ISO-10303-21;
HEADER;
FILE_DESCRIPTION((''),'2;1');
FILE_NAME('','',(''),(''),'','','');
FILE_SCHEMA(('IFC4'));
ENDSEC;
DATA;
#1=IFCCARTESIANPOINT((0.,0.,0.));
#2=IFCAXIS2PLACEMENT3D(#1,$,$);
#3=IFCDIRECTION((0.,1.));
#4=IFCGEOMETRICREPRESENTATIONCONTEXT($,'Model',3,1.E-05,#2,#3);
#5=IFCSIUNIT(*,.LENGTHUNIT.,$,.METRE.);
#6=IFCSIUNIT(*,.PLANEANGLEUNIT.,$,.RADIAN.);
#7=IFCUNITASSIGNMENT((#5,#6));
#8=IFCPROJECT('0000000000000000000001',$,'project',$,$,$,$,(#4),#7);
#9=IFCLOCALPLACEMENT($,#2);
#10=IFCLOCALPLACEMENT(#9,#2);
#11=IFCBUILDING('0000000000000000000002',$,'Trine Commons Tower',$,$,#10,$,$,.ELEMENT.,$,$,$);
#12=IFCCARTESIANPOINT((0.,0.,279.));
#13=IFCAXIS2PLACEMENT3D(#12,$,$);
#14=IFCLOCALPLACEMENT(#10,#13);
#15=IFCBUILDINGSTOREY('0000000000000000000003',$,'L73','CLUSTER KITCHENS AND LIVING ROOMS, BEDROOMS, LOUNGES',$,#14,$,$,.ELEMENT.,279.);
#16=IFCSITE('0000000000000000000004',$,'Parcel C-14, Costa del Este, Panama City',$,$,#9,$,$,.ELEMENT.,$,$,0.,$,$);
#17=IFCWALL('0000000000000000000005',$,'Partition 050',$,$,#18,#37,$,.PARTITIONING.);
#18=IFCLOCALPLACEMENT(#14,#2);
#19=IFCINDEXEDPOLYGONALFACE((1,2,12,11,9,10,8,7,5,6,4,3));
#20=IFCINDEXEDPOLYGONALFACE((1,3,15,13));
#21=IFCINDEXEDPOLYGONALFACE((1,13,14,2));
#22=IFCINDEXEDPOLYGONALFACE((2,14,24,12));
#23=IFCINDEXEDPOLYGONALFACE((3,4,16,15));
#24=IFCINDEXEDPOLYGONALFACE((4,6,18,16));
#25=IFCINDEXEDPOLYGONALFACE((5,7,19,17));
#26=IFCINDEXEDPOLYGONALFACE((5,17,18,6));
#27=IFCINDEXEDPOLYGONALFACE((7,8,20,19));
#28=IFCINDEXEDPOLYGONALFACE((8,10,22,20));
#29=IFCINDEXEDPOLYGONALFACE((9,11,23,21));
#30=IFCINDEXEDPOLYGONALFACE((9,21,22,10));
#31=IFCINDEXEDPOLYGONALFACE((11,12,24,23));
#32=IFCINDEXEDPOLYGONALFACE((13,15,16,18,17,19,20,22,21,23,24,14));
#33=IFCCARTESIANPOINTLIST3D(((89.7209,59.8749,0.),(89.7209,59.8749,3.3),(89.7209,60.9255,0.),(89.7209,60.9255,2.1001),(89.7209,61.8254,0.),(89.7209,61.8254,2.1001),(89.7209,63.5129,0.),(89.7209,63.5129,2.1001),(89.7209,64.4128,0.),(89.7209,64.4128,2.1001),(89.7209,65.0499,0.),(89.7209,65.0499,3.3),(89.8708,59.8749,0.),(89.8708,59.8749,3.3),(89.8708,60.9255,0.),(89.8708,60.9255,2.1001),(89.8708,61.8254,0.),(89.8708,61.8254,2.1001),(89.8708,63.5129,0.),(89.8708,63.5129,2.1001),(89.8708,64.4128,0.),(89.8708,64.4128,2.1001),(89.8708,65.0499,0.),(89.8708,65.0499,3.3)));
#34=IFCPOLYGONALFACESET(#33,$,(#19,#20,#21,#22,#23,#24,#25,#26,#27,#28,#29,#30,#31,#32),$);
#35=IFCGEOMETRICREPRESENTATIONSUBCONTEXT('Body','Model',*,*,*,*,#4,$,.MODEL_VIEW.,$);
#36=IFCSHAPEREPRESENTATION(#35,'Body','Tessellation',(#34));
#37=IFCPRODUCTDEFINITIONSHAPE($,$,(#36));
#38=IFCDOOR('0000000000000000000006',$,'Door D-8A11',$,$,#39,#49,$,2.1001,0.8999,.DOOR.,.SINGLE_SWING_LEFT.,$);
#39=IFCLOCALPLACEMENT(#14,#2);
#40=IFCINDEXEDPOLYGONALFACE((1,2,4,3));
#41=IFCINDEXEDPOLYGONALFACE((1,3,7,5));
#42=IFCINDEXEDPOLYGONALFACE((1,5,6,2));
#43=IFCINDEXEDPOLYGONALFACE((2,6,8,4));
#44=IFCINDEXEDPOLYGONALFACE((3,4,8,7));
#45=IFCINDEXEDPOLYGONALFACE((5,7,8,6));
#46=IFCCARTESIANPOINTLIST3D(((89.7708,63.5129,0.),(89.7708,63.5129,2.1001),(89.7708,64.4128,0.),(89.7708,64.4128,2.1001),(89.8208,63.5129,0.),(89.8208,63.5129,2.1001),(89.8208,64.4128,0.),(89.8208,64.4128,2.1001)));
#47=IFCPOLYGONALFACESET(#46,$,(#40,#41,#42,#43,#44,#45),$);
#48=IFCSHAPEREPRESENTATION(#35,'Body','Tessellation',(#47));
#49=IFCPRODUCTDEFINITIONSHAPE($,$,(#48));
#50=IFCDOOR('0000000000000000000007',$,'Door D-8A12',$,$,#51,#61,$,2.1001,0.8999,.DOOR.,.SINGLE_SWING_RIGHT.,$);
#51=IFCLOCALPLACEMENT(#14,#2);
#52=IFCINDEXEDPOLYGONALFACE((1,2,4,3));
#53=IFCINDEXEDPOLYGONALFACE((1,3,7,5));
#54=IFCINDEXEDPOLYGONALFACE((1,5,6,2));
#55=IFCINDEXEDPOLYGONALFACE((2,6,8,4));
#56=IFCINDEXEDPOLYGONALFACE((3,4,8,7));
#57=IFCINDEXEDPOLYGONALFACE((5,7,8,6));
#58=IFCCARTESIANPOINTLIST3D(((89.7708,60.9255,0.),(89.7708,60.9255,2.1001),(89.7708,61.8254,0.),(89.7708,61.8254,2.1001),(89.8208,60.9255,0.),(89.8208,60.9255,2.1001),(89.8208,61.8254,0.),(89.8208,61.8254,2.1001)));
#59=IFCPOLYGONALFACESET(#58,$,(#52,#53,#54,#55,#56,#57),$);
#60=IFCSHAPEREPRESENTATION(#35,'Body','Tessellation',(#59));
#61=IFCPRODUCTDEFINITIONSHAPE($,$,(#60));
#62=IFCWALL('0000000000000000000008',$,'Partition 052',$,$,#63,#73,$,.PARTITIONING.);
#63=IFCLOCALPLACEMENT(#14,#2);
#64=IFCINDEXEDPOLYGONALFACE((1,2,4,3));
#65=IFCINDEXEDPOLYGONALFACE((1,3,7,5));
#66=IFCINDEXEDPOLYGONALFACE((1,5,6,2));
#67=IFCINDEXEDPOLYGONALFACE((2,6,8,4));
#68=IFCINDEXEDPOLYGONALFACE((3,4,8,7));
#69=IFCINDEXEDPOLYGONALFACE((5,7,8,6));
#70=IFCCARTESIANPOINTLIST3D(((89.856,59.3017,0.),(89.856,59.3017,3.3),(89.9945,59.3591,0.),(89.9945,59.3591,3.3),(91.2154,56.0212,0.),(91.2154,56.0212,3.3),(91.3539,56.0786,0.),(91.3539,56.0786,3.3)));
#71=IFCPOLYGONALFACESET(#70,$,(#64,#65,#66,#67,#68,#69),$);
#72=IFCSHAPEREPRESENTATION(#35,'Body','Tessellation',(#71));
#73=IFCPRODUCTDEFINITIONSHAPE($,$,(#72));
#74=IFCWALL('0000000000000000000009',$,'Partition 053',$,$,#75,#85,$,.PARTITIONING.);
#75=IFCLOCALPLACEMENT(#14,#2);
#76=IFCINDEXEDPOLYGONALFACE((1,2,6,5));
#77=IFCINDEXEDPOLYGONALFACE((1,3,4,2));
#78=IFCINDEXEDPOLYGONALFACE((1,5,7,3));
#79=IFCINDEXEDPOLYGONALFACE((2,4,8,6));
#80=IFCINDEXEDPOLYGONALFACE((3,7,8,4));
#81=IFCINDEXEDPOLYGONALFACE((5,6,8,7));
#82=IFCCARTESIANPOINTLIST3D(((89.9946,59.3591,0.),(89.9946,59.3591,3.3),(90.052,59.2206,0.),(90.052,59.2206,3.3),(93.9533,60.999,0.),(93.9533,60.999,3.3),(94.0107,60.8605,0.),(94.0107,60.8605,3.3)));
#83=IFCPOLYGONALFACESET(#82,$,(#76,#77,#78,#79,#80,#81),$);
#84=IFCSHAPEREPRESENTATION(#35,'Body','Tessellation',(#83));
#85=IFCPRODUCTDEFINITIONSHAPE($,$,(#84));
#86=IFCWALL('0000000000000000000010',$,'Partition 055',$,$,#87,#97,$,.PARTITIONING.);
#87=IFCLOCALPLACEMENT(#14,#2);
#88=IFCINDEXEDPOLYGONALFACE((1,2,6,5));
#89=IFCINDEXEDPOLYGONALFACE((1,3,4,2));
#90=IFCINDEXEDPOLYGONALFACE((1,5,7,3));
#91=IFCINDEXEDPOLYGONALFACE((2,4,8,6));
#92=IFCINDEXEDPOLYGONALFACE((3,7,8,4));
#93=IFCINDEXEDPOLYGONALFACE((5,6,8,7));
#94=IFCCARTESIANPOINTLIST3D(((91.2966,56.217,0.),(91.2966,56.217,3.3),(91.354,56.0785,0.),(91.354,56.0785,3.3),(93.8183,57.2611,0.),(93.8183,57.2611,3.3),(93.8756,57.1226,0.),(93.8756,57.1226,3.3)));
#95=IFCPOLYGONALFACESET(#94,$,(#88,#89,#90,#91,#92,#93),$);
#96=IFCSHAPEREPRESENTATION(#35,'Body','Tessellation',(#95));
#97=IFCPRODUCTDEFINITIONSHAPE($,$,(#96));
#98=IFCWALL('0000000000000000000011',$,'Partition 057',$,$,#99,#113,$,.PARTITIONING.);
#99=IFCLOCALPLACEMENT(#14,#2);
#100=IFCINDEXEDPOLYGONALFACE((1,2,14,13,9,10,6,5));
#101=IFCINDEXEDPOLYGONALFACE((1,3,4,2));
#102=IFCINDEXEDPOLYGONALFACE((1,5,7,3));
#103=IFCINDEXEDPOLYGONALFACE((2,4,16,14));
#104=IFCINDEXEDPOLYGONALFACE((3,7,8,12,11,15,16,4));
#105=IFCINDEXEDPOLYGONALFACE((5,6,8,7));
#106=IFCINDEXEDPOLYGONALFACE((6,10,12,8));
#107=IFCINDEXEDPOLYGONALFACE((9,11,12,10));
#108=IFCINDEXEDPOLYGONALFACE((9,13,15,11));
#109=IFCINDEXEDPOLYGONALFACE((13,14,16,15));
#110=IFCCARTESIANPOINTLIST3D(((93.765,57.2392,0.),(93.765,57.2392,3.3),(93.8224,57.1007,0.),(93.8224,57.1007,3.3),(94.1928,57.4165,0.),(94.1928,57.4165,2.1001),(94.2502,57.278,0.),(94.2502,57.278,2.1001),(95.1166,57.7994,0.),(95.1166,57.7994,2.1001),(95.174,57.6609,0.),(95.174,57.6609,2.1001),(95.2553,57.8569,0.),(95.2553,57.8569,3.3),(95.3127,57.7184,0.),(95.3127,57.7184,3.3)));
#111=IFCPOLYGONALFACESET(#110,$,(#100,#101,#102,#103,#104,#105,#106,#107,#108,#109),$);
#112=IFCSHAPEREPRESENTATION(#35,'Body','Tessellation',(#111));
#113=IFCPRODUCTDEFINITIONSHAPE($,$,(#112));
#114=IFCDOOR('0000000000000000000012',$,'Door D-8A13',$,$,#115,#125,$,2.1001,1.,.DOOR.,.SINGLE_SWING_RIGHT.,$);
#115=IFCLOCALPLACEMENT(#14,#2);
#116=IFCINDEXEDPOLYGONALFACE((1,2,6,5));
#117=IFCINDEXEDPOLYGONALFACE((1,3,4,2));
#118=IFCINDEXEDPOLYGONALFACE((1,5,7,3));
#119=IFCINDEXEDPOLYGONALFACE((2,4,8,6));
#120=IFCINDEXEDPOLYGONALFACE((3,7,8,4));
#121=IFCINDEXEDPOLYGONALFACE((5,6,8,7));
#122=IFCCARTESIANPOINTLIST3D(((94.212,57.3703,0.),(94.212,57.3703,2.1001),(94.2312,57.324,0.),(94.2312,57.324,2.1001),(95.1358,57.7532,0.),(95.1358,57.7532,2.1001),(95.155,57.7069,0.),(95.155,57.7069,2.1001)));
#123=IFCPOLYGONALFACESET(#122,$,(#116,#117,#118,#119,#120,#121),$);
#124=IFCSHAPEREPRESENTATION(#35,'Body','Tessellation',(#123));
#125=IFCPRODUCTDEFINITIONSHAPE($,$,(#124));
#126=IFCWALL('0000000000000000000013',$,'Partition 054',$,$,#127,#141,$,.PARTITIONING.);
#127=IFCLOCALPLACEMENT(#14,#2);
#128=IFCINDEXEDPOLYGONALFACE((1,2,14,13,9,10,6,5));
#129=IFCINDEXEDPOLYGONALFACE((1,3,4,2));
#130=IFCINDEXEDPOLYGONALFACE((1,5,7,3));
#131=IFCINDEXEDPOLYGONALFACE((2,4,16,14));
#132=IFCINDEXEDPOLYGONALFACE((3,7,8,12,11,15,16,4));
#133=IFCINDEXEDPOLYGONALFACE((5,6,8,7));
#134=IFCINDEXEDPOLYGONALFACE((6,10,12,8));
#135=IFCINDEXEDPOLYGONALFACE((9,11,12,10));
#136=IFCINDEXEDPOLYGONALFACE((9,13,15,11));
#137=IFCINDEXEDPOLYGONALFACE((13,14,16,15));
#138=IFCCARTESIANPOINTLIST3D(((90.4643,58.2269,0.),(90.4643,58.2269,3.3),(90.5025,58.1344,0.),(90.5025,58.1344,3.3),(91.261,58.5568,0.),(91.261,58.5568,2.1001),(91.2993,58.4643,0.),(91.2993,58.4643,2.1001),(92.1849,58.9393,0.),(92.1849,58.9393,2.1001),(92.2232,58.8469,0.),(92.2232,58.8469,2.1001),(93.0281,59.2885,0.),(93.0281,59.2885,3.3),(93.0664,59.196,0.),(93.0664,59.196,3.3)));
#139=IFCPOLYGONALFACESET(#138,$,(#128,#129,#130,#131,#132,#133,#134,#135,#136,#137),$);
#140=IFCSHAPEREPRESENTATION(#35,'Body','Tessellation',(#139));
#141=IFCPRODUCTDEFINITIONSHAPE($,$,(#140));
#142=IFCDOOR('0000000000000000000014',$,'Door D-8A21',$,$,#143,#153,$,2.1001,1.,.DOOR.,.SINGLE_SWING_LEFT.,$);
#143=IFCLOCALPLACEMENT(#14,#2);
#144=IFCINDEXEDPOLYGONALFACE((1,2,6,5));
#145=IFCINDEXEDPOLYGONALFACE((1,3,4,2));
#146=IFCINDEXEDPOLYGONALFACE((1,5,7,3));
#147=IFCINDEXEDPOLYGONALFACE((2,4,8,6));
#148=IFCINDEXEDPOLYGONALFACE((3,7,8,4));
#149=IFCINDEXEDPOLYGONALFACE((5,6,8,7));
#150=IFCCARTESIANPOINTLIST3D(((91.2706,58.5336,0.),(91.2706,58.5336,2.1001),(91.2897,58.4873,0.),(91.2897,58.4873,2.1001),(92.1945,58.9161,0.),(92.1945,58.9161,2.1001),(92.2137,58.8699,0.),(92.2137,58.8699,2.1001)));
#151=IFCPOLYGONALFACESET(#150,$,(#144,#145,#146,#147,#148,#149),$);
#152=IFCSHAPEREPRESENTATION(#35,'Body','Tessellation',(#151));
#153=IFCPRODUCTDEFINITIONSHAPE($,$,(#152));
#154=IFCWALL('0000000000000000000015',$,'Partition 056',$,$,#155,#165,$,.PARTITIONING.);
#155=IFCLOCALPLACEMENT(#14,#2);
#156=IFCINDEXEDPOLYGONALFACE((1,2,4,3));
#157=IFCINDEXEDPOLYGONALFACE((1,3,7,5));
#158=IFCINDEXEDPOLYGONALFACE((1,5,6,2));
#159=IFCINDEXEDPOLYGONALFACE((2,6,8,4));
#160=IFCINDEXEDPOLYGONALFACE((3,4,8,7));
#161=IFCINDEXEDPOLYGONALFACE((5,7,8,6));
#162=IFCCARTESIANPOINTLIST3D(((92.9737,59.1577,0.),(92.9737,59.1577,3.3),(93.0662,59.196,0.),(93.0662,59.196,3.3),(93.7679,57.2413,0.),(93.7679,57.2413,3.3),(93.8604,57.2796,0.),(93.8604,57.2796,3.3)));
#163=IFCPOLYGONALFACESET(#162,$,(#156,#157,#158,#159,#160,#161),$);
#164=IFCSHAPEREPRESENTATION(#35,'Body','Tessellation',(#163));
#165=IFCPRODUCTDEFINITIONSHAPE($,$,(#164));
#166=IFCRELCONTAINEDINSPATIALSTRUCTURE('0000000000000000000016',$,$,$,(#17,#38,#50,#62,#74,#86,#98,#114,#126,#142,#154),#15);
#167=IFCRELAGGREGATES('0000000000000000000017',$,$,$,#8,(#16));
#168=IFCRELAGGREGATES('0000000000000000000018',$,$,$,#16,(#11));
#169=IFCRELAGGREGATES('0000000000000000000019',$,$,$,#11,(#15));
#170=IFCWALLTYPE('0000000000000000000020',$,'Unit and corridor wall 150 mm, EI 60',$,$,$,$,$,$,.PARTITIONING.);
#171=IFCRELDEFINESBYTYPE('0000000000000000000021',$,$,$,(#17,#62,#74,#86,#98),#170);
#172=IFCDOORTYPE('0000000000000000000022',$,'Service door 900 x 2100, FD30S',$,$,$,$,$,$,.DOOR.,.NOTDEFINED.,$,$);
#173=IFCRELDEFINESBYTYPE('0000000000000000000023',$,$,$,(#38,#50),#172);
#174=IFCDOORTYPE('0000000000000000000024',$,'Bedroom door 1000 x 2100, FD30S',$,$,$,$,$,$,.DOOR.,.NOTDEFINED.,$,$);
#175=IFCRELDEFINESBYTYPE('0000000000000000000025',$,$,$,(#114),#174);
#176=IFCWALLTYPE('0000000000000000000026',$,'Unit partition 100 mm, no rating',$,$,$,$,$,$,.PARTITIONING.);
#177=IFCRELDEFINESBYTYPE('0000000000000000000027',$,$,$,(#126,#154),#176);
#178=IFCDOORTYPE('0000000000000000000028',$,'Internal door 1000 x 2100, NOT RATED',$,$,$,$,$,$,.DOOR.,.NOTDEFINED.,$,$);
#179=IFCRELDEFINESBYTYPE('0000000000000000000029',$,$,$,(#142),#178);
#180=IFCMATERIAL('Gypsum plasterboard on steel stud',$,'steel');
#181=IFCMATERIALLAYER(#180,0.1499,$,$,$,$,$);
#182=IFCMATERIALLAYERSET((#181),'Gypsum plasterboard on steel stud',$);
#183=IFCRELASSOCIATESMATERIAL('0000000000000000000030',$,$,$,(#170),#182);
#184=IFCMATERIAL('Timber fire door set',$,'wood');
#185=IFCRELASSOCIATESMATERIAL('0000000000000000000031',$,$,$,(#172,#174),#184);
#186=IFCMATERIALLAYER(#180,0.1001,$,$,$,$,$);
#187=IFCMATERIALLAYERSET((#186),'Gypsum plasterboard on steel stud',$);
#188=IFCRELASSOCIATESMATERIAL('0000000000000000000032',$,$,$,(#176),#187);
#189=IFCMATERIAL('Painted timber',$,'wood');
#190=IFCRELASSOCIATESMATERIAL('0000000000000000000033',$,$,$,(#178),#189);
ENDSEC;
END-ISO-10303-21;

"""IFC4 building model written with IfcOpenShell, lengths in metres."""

from ifc_helpers import new_model, si_unit, direction, frame, frame_2d, origin, place, context, subcontext, project, spatial, rectangle, extrude, material, layer, layer_set, type_object, element, fill, save


model = new_model("IFC4")

# Units and contexts
model_context = context("Model", 3, precision=1e-05, world=origin(), true_north=direction((0.0, 1.0)))
body_context = subcontext(model_context, "Body", "Model", "MODEL_VIEW")
ifc_project = project(units=[si_unit("LENGTHUNIT", "METRE"), si_unit("PLANEANGLEUNIT", "RADIAN")], contexts=[model_context])

# Site, building, storey
site_placement = place(None, origin())
site = spatial("IfcSite", under=ifc_project, at=site_placement, Name="Parcel C-14, Costa del Este, Panama City", CompositionType="ELEMENT", RefElevation=0.0)
building_placement = place(site_placement, origin())
building = spatial("IfcBuilding", under=site, at=building_placement, Name="Trine Commons Tower", CompositionType="ELEMENT")
storey_placement = place(building_placement, frame((0.0, 0.0, 279.0)))
storey = spatial("IfcBuildingStorey", under=building, at=storey_placement, Name="L73", Description="CLUSTER KITCHENS AND LIVING ROOMS, BEDROOMS, LOUNGES", CompositionType="ELEMENT", Elevation=279.0)

# Shared definitions
ifc_material_1 = material(Name="Gypsum plasterboard on steel stud", Category="steel")
ifc_layer_1 = layer(ifc_material_1, 0.1499)
ifc_layer_set_1 = layer_set([ifc_layer_1], Name="Gypsum plasterboard on steel stud")
wall_type_1 = type_object("IfcWallType", Name="Unit and corridor wall 150 mm, EI 60", PredefinedType="PARTITIONING", material=ifc_layer_set_1)

# Wall, openings, doors
wall_1_placement = place(storey_placement, frame((89.7959, 59.875, 0.0), z_axis=(0.0, 0.0, 1.0), x_axis=(0.0, 1.0, 0.0)))
wall_1 = element("IfcWall", 1, at=wall_1_placement, inside=storey, type_object=wall_type_1, Name="Partition 050", PredefinedType="PARTITIONING", context=body_context, shape_type="SweptSolid", body=[
    extrude(rectangle(XDim=5.175, YDim=0.1499, at=frame_2d((2.5874, 0.0))), origin(), (0.0, 0.0, 1.0), 3.3),
])
opening_1_placement = place(wall_1_placement, frame((3.6379, 0.0, 0.0)))
opening_1 = element("IfcOpeningElement", 2, at=opening_1_placement, cuts=wall_1, PredefinedType="OPENING", context=body_context, shape_type="SweptSolid", body=[
    extrude(rectangle(XDim=0.8999, YDim=2.1001, at=frame_2d((0.45, 1.05))), frame((0.0, 0.085, 0.0), z_axis=(0.0, -1.0, 0.0), x_axis=(1.0, 0.0, 0.0)), (0.0, 0.0, 1.0), 0.1699),
])
opening_2_placement = place(wall_1_placement, frame((1.0505, 0.0, 0.0)))
opening_2 = element("IfcOpeningElement", 3, at=opening_2_placement, cuts=wall_1, PredefinedType="OPENING", context=body_context, shape_type="SweptSolid", body=[
    extrude(rectangle(XDim=0.8999, YDim=2.1001, at=frame_2d((0.45, 1.05))), frame((0.0, 0.085, 0.0), z_axis=(0.0, -1.0, 0.0), x_axis=(1.0, 0.0, 0.0)), (0.0, 0.0, 1.0), 0.1699),
])
ifc_material_2 = material(Name="Timber fire door set", Category="wood")
door_type_1 = type_object("IfcDoorType", Name="Service door 900 x 2100, FD30S", OperationType="NOTDEFINED", PredefinedType="DOOR", material=ifc_material_2)
door_1_placement = place(opening_1_placement, frame((0.8999, 0.0, 0.0), z_axis=(0.0, 0.0, 1.0), x_axis=(-1.0, 0.0, 0.0)))
door_1 = element("IfcDoor", 4, at=door_1_placement, inside=storey, type_object=door_type_1, Name="Door D-8A11", OperationType="SINGLE_SWING_LEFT", OverallHeight=2.1001, OverallWidth=0.8999, PredefinedType="DOOR", context=body_context, shape_type="SweptSolid", body=[
    extrude(rectangle(XDim=0.8999, YDim=2.1001, at=frame_2d((0.45, 1.05))), frame((0.0, 0.0249, 0.0), z_axis=(0.0, -1.0, 0.0), x_axis=(1.0, 0.0, 0.0)), (0.0, 0.0, 1.0), 0.05),
])
fill(opening_1, door_1)
door_2_placement = place(opening_2_placement, frame((0.8999, 0.0, 0.0), z_axis=(0.0, 0.0, 1.0), x_axis=(-1.0, 0.0, 0.0)))
door_2 = element("IfcDoor", 5, at=door_2_placement, inside=storey, type_object=door_type_1, Name="Door D-8A12", OperationType="SINGLE_SWING_RIGHT", OverallHeight=2.1001, OverallWidth=0.8999, PredefinedType="DOOR", context=body_context, shape_type="SweptSolid", body=[
    extrude(rectangle(XDim=0.8999, YDim=2.1001, at=frame_2d((0.45, 1.05))), frame((0.0, 0.0249, 0.0), z_axis=(0.0, -1.0, 0.0), x_axis=(1.0, 0.0, 0.0)), (0.0, 0.0, 1.0), 0.05),
])
fill(opening_2, door_2)

# Walls
wall_2_placement = place(storey_placement, frame((89.9253, 59.3303, 0.0), z_axis=(0.0, 0.0, 1.0), x_axis=(0.382813, -0.923826, 0.0)))
element("IfcWall", 6, at=wall_2_placement, inside=storey, type_object=wall_type_1, Name="Partition 052", PredefinedType="PARTITIONING", context=body_context, shape_type="SweptSolid", body=[
    extrude(rectangle(XDim=3.551, YDim=0.1499, at=frame_2d((1.7754, 0.0))), origin(), (0.0, 0.0, 1.0), 3.3),
])
wall_3_placement = place(storey_placement, frame((90.0232, 59.2898, 0.0), z_axis=(0.0, 0.0, 1.0), x_axis=(0.923869, 0.382709, 0.0)))
element("IfcWall", 7, at=wall_3_placement, inside=storey, type_object=wall_type_1, Name="Partition 053", PredefinedType="PARTITIONING", context=body_context, shape_type="SweptSolid", body=[
    extrude(rectangle(XDim=4.2849, YDim=0.1499, at=frame_2d((2.1426, 0.0))), origin(), (0.0, 0.0, 1.0), 3.3),
])
wall_4_placement = place(storey_placement, frame((91.3252, 56.1477, 0.0), z_axis=(0.0, 0.0, 1.0), x_axis=(0.923924, 0.382576, 0.0)))
element("IfcWall", 8, at=wall_4_placement, inside=storey, type_object=wall_type_1, Name="Partition 055", PredefinedType="PARTITIONING", context=body_context, shape_type="SweptSolid", body=[
    extrude(rectangle(XDim=2.7292, YDim=0.1499, at=frame_2d((1.3647, 0.0))), origin(), (0.0, 0.0, 1.0), 3.3),
])

# Walls, openings, doors
wall_5_placement = place(storey_placement, frame((93.7937, 57.1699, 0.0), z_axis=(0.0, 0.0, 1.0), x_axis=(0.923792, 0.382895, 0.0)))
wall_5 = element("IfcWall", 9, at=wall_5_placement, inside=storey, type_object=wall_type_1, Name="Partition 057", PredefinedType="PARTITIONING", context=body_context, shape_type="SweptSolid", body=[
    extrude(rectangle(XDim=1.6133, YDim=0.1499, at=frame_2d((0.8066, 0.0))), origin(), (0.0, 0.0, 1.0), 3.3),
])
opening_3_placement = place(wall_5_placement, frame((0.4631, 0.0, 0.0)))
opening_3 = element("IfcOpeningElement", 10, at=opening_3_placement, cuts=wall_5, PredefinedType="OPENING", context=body_context, shape_type="SweptSolid", body=[
    extrude(rectangle(XDim=1.0, YDim=2.1001, at=frame_2d((0.5, 1.05))), frame((0.0, 0.085, 0.0), z_axis=(0.0, -1.0, 0.0), x_axis=(1.0, 0.0, 0.0)), (0.0, 0.0, 1.0), 0.1699),
])
door_type_2 = type_object("IfcDoorType", Name="Bedroom door 1000 x 2100, FD30S", OperationType="NOTDEFINED", PredefinedType="DOOR", material=ifc_material_2)
door_3_placement = place(opening_3_placement, origin())
door_3 = element("IfcDoor", 11, at=door_3_placement, inside=storey, type_object=door_type_2, Name="Door D-8A13", OperationType="SINGLE_SWING_RIGHT", OverallHeight=2.1001, OverallWidth=1.0, PredefinedType="DOOR", context=body_context, shape_type="SweptSolid", body=[
    extrude(rectangle(XDim=1.0, YDim=2.1001, at=frame_2d((0.5, 1.05))), frame((0.0, 0.0249, 0.0), z_axis=(0.0, -1.0, 0.0), x_axis=(1.0, 0.0, 0.0)), (0.0, 0.0, 1.0), 0.05),
])
fill(opening_3, door_3)
ifc_layer_2 = layer(ifc_material_1, 0.1001)
ifc_layer_set_2 = layer_set([ifc_layer_2], Name="Gypsum plasterboard on steel stud")
wall_type_2 = type_object("IfcWallType", Name="Unit partition 100 mm, no rating", PredefinedType="PARTITIONING", material=ifc_layer_set_2)
wall_6_placement = place(storey_placement, frame((90.4834, 58.1807, 0.0), z_axis=(0.0, 0.0, 1.0), x_axis=(0.923931, 0.382559, 0.0)))
wall_6 = element("IfcWall", 12, at=wall_6_placement, inside=storey, type_object=wall_type_2, Name="Partition 054", PredefinedType="PARTITIONING", context=body_context, shape_type="SweptSolid", body=[
    extrude(rectangle(XDim=2.7749, YDim=0.1001, at=frame_2d((1.3875, 0.0))), origin(), (0.0, 0.0, 1.0), 3.3),
])
opening_4_placement = place(wall_6_placement, frame((0.8623, 0.0, 0.0)))
opening_4 = element("IfcOpeningElement", 13, at=opening_4_placement, cuts=wall_6, PredefinedType="OPENING", context=body_context, shape_type="SweptSolid", body=[
    extrude(rectangle(XDim=1.0, YDim=2.1001, at=frame_2d((0.5, 1.05))), frame((0.0, 0.0601, 0.0), z_axis=(0.0, -1.0, 0.0), x_axis=(1.0, 0.0, 0.0)), (0.0, 0.0, 1.0), 0.1201),
])
ifc_material_3 = material(Name="Painted timber", Category="wood")
door_type_3 = type_object("IfcDoorType", Name="Internal door 1000 x 2100, NOT RATED", OperationType="NOTDEFINED", PredefinedType="DOOR", material=ifc_material_3)
door_4_placement = place(opening_4_placement, origin())
door_4 = element("IfcDoor", 14, at=door_4_placement, inside=storey, type_object=door_type_3, Name="Door D-8A21", OperationType="SINGLE_SWING_LEFT", OverallHeight=2.1001, OverallWidth=1.0, PredefinedType="DOOR", context=body_context, shape_type="SweptSolid", body=[
    extrude(rectangle(XDim=1.0, YDim=2.1001, at=frame_2d((0.5, 1.05))), frame((0.0, 0.0249, 0.0), z_axis=(0.0, -1.0, 0.0), x_axis=(1.0, 0.0, 0.0)), (0.0, 0.0, 1.0), 0.05),
])
fill(opening_4, door_4)

# Wall
wall_7_placement = place(storey_placement, frame((93.02, 59.1768, 0.0), z_axis=(0.0, 0.0, 1.0), x_axis=(0.382826, -0.92382, 0.0)))
element("IfcWall", 15, at=wall_7_placement, inside=storey, type_object=wall_type_2, Name="Partition 056", PredefinedType="PARTITIONING", context=body_context, shape_type="SweptSolid", body=[
    extrude(rectangle(XDim=2.0745, YDim=0.1001, at=frame_2d((1.0371, 0.0))), origin(), (0.0, 0.0, 1.0), 3.3),
])

save(model, "model.ifc")
